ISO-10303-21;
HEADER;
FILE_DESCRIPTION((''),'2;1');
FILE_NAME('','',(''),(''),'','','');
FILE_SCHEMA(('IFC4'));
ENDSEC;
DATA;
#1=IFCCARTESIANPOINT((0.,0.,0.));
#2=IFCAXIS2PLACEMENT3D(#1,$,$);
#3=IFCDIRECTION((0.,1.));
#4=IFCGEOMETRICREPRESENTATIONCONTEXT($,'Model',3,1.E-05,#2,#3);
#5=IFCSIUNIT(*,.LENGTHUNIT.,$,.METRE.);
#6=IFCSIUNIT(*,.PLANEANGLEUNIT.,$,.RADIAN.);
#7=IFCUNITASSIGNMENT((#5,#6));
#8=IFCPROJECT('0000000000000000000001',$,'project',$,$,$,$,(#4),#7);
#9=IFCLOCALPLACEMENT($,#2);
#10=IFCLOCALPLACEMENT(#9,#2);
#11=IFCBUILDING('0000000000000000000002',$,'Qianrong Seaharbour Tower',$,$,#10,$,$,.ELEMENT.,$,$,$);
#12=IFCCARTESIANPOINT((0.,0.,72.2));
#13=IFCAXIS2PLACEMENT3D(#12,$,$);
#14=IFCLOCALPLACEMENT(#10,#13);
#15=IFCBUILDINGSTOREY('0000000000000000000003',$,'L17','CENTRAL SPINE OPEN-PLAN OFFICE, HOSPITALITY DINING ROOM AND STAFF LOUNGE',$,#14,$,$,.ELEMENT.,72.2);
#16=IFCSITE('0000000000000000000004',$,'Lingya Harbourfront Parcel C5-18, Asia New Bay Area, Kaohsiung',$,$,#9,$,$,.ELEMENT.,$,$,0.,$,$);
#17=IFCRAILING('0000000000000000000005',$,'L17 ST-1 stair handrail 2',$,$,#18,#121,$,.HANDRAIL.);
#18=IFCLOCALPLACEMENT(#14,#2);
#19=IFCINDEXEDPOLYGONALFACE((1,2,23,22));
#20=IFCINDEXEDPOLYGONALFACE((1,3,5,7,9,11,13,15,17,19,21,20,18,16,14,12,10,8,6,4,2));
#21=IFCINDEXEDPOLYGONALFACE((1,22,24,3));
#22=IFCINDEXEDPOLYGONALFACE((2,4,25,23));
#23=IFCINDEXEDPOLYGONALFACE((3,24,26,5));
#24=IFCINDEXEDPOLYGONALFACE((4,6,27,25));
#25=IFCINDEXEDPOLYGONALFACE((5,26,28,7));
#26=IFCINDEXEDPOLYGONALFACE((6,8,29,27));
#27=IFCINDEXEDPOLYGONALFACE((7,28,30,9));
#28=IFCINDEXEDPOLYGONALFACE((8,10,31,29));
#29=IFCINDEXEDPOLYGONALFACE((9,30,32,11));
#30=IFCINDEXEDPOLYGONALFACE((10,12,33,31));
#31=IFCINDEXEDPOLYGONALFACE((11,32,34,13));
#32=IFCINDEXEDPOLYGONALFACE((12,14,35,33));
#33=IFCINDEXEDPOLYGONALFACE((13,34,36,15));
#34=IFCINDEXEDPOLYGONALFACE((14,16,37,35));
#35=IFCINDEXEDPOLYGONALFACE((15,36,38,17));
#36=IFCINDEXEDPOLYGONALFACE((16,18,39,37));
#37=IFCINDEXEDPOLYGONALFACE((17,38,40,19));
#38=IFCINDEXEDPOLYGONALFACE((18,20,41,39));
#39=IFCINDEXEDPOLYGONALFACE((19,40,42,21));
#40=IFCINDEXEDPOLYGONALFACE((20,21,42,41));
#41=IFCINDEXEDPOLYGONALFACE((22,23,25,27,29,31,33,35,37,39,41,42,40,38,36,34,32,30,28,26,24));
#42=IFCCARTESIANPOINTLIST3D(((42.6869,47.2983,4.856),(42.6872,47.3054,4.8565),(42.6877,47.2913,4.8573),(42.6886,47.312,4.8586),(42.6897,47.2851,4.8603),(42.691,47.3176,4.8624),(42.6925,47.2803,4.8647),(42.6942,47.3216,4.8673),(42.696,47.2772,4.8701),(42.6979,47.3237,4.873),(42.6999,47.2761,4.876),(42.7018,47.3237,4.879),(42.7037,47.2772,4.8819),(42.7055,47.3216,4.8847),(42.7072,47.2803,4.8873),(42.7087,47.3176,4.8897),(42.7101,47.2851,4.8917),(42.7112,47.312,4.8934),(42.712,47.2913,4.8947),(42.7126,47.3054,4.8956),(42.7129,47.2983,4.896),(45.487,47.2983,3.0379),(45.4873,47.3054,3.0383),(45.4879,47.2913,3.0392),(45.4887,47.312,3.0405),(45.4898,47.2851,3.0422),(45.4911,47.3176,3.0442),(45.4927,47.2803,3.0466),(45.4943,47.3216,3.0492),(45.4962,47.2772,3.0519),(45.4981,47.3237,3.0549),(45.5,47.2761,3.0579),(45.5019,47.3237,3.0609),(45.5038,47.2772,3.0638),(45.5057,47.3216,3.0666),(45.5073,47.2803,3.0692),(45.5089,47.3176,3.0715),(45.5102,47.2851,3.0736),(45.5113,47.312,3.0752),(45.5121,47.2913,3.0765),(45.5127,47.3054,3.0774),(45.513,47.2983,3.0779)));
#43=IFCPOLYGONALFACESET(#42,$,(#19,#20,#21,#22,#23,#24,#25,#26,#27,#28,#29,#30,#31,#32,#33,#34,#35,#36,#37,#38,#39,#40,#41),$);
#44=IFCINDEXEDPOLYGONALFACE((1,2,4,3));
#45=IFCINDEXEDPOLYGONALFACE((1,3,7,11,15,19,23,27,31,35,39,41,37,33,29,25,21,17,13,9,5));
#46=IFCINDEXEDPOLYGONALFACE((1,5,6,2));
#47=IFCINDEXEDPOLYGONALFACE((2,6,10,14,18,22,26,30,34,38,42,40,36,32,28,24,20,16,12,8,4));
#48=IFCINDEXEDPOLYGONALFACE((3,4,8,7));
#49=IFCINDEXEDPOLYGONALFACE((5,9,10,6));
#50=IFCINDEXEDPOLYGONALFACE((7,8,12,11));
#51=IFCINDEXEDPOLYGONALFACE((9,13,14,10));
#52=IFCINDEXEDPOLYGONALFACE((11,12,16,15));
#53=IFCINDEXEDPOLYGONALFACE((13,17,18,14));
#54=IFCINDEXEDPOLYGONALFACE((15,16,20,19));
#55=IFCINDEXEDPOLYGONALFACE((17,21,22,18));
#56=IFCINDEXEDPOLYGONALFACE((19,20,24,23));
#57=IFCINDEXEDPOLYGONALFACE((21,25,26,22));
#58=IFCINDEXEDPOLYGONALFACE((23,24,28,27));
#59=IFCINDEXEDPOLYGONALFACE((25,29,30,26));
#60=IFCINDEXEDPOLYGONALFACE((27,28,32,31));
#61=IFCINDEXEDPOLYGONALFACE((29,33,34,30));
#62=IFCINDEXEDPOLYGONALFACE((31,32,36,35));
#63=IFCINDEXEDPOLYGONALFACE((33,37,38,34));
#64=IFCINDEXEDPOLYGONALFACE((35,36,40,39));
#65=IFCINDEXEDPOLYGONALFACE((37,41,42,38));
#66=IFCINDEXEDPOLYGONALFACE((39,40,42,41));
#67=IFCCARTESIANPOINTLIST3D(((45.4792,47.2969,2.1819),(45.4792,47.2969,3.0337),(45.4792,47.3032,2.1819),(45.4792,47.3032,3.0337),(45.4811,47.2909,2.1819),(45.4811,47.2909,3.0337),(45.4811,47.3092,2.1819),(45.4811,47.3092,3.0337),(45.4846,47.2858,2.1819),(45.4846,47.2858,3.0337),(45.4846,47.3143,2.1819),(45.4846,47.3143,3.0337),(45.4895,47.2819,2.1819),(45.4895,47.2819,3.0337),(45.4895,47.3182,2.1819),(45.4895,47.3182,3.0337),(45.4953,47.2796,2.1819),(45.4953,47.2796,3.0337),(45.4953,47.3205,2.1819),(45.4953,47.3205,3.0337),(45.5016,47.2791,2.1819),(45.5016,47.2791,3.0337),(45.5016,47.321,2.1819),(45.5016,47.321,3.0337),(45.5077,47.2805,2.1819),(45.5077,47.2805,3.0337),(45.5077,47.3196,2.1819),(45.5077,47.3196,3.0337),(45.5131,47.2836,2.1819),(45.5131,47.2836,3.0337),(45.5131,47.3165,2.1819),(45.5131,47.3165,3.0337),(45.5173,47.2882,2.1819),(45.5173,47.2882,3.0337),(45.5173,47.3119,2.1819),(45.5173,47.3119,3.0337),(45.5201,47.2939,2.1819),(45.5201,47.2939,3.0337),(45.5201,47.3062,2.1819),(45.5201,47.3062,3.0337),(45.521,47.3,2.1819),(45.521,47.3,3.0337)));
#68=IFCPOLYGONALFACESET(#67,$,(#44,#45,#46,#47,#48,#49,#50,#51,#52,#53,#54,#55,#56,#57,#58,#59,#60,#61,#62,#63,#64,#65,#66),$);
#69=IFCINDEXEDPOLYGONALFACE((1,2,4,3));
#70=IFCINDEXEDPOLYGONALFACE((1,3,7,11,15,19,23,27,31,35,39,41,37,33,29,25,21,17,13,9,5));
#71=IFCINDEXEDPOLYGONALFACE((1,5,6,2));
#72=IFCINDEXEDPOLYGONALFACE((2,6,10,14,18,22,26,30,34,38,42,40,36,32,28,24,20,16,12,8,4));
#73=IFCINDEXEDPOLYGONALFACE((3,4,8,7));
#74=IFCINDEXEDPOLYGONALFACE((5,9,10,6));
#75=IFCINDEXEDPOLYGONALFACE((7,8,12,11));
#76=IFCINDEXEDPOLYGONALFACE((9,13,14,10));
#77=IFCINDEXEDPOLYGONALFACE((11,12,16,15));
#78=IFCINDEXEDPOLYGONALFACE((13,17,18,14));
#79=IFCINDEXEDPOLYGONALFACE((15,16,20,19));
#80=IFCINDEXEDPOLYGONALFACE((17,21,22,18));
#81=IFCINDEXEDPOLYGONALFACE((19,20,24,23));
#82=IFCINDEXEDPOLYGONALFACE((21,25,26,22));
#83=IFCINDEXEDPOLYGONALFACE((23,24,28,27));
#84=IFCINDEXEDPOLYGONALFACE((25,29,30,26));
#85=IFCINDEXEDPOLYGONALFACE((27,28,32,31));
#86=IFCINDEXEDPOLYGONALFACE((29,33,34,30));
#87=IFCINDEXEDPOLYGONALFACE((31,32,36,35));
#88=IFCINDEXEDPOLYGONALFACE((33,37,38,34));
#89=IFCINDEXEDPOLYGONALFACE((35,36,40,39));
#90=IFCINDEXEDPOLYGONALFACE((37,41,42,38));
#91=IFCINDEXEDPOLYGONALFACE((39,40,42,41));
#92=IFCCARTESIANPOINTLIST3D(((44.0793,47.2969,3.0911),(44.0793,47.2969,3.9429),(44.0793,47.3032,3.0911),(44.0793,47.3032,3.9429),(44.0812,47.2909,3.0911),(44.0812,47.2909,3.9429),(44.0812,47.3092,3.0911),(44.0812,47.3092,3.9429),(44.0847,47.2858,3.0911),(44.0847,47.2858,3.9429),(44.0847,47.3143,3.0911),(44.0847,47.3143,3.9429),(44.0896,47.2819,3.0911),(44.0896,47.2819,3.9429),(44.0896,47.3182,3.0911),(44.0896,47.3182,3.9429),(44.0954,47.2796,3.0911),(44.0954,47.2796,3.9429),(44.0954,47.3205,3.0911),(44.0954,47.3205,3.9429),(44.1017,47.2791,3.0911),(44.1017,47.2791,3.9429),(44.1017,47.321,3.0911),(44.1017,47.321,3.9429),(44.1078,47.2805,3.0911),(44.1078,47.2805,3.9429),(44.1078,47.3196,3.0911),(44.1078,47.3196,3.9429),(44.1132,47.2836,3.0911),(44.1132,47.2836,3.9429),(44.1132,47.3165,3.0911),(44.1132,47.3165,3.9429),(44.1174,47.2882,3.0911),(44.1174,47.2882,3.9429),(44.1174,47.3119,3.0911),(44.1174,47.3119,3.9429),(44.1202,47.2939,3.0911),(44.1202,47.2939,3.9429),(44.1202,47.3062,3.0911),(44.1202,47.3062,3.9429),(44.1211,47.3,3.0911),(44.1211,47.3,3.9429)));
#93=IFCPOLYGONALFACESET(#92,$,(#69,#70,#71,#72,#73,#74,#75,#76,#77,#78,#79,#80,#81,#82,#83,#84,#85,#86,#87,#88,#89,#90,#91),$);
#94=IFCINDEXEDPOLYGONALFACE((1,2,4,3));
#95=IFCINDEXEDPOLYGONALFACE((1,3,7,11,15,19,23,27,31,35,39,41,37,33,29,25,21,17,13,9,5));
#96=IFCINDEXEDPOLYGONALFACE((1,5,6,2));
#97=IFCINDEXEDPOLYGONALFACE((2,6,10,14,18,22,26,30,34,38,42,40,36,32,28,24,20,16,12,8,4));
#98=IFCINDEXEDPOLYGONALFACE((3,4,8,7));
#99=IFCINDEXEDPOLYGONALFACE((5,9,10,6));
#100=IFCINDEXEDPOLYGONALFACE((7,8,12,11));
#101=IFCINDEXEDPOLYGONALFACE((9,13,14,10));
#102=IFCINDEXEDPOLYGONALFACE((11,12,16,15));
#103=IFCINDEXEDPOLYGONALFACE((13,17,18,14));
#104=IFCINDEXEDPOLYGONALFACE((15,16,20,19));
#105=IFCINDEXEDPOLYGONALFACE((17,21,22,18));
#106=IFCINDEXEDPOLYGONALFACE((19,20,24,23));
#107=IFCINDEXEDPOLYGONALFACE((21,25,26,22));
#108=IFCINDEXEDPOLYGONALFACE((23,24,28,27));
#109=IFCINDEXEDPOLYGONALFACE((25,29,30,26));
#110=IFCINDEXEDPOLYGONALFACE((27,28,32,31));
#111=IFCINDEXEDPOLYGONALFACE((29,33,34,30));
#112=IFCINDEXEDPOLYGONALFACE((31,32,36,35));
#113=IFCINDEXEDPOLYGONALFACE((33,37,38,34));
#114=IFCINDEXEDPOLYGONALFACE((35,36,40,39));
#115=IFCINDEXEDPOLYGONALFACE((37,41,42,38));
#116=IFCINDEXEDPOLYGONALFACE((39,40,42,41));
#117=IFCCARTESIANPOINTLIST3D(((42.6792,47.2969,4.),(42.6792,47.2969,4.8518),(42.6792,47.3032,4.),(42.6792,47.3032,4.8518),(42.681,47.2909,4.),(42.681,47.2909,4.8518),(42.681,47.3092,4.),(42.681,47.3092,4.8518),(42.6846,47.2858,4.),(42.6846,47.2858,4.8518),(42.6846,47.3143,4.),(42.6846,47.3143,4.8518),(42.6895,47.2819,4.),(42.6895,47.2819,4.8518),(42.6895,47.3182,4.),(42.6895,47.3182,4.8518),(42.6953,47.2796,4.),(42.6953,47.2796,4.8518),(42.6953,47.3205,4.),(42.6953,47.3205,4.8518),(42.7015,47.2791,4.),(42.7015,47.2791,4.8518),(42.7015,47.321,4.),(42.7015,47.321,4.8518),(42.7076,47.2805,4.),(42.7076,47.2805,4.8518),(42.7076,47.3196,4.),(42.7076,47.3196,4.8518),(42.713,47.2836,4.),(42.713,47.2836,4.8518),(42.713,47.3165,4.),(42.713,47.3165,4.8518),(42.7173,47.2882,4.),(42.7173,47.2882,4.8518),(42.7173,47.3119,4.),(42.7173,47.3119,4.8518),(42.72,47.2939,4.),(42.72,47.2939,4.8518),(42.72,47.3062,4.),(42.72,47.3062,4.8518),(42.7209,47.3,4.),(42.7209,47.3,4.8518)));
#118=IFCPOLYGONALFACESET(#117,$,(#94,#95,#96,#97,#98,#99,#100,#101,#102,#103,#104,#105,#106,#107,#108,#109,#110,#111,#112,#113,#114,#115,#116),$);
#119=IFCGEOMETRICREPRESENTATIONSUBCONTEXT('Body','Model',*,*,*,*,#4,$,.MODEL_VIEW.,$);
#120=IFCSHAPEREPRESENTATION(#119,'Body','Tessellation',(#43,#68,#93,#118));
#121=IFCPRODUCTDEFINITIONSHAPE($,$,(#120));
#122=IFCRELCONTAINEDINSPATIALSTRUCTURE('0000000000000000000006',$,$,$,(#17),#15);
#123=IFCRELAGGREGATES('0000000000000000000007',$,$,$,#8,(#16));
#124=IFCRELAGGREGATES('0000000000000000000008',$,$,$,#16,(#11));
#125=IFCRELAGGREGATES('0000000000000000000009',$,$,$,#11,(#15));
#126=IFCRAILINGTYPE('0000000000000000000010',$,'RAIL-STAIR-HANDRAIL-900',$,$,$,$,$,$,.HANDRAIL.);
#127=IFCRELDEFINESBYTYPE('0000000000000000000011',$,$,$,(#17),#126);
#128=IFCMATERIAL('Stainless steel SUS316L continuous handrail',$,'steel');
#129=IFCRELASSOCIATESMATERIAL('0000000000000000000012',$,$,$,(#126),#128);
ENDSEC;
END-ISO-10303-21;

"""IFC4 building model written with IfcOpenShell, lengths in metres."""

from ifc_helpers import new_model, si_unit, direction, frame, origin, origin_2d, place, context, subcontext, project, spatial, circle, extrude, material, type_object, element, save


model = new_model("IFC4")

# Units and contexts
model_context = context("Model", 3, precision=1e-05, world=origin(), true_north=direction((0.0, 1.0)))
body_context = subcontext(model_context, "Body", "Model", "MODEL_VIEW")
ifc_project = project(units=[si_unit("LENGTHUNIT", "METRE"), si_unit("PLANEANGLEUNIT", "RADIAN")], contexts=[model_context])

# Site, building, storey
site_placement = place(None, origin())
site = spatial("IfcSite", under=ifc_project, at=site_placement, Name="Lingya Harbourfront Parcel C5-18, Asia New Bay Area, Kaohsiung", CompositionType="ELEMENT", RefElevation=0.0)
building_placement = place(site_placement, origin())
building = spatial("IfcBuilding", under=site, at=building_placement, Name="Qianrong Seaharbour Tower", CompositionType="ELEMENT")
storey_placement = place(building_placement, frame((0.0, 0.0, 72.2)))
storey = spatial("IfcBuildingStorey", under=building, at=storey_placement, Name="L17", Description="CENTRAL SPINE OPEN-PLAN OFFICE, HOSPITALITY DINING ROOM AND STAFF LOUNGE", CompositionType="ELEMENT", Elevation=72.2)

# Railing
ifc_material_1 = material(Name="Stainless steel SUS316L continuous handrail", Category="steel")
railing_type_1 = type_object("IfcRailingType", Name="RAIL-STAIR-HANDRAIL-900", PredefinedType="HANDRAIL", material=ifc_material_1)
railing_1_placement = place(storey_placement, frame((45.5, 47.3, 2.1819)))
element("IfcRailing", 1, at=railing_1_placement, inside=storey, type_object=railing_type_1, Name="L17 ST-1 stair handrail 2", PredefinedType="HANDRAIL", context=body_context, shape_type="SweptSolid", body=[
    extrude(circle(Radius=0.0239, at=origin_2d()), frame((0.0, 0.0, 0.876), z_axis=(-0.838706, 0.0, 0.544585), x_axis=(0.0, -1.0, 0.0)), (0.0, 0.0, 1.0), 3.3386),
    extrude(circle(Radius=0.021, at=origin_2d()), origin(), (0.0, 0.0, 1.0), 0.8518),
    extrude(circle(Radius=0.021, at=origin_2d()), frame((-1.3999, 0.0, 0.9092)), (0.0, 0.0, 1.0), 0.8518),
    extrude(circle(Radius=0.021, at=origin_2d()), frame((-2.8, 0.0, 1.8181)), (0.0, 0.0, 1.0), 0.8518),
])

save(model, "model.ifc")
